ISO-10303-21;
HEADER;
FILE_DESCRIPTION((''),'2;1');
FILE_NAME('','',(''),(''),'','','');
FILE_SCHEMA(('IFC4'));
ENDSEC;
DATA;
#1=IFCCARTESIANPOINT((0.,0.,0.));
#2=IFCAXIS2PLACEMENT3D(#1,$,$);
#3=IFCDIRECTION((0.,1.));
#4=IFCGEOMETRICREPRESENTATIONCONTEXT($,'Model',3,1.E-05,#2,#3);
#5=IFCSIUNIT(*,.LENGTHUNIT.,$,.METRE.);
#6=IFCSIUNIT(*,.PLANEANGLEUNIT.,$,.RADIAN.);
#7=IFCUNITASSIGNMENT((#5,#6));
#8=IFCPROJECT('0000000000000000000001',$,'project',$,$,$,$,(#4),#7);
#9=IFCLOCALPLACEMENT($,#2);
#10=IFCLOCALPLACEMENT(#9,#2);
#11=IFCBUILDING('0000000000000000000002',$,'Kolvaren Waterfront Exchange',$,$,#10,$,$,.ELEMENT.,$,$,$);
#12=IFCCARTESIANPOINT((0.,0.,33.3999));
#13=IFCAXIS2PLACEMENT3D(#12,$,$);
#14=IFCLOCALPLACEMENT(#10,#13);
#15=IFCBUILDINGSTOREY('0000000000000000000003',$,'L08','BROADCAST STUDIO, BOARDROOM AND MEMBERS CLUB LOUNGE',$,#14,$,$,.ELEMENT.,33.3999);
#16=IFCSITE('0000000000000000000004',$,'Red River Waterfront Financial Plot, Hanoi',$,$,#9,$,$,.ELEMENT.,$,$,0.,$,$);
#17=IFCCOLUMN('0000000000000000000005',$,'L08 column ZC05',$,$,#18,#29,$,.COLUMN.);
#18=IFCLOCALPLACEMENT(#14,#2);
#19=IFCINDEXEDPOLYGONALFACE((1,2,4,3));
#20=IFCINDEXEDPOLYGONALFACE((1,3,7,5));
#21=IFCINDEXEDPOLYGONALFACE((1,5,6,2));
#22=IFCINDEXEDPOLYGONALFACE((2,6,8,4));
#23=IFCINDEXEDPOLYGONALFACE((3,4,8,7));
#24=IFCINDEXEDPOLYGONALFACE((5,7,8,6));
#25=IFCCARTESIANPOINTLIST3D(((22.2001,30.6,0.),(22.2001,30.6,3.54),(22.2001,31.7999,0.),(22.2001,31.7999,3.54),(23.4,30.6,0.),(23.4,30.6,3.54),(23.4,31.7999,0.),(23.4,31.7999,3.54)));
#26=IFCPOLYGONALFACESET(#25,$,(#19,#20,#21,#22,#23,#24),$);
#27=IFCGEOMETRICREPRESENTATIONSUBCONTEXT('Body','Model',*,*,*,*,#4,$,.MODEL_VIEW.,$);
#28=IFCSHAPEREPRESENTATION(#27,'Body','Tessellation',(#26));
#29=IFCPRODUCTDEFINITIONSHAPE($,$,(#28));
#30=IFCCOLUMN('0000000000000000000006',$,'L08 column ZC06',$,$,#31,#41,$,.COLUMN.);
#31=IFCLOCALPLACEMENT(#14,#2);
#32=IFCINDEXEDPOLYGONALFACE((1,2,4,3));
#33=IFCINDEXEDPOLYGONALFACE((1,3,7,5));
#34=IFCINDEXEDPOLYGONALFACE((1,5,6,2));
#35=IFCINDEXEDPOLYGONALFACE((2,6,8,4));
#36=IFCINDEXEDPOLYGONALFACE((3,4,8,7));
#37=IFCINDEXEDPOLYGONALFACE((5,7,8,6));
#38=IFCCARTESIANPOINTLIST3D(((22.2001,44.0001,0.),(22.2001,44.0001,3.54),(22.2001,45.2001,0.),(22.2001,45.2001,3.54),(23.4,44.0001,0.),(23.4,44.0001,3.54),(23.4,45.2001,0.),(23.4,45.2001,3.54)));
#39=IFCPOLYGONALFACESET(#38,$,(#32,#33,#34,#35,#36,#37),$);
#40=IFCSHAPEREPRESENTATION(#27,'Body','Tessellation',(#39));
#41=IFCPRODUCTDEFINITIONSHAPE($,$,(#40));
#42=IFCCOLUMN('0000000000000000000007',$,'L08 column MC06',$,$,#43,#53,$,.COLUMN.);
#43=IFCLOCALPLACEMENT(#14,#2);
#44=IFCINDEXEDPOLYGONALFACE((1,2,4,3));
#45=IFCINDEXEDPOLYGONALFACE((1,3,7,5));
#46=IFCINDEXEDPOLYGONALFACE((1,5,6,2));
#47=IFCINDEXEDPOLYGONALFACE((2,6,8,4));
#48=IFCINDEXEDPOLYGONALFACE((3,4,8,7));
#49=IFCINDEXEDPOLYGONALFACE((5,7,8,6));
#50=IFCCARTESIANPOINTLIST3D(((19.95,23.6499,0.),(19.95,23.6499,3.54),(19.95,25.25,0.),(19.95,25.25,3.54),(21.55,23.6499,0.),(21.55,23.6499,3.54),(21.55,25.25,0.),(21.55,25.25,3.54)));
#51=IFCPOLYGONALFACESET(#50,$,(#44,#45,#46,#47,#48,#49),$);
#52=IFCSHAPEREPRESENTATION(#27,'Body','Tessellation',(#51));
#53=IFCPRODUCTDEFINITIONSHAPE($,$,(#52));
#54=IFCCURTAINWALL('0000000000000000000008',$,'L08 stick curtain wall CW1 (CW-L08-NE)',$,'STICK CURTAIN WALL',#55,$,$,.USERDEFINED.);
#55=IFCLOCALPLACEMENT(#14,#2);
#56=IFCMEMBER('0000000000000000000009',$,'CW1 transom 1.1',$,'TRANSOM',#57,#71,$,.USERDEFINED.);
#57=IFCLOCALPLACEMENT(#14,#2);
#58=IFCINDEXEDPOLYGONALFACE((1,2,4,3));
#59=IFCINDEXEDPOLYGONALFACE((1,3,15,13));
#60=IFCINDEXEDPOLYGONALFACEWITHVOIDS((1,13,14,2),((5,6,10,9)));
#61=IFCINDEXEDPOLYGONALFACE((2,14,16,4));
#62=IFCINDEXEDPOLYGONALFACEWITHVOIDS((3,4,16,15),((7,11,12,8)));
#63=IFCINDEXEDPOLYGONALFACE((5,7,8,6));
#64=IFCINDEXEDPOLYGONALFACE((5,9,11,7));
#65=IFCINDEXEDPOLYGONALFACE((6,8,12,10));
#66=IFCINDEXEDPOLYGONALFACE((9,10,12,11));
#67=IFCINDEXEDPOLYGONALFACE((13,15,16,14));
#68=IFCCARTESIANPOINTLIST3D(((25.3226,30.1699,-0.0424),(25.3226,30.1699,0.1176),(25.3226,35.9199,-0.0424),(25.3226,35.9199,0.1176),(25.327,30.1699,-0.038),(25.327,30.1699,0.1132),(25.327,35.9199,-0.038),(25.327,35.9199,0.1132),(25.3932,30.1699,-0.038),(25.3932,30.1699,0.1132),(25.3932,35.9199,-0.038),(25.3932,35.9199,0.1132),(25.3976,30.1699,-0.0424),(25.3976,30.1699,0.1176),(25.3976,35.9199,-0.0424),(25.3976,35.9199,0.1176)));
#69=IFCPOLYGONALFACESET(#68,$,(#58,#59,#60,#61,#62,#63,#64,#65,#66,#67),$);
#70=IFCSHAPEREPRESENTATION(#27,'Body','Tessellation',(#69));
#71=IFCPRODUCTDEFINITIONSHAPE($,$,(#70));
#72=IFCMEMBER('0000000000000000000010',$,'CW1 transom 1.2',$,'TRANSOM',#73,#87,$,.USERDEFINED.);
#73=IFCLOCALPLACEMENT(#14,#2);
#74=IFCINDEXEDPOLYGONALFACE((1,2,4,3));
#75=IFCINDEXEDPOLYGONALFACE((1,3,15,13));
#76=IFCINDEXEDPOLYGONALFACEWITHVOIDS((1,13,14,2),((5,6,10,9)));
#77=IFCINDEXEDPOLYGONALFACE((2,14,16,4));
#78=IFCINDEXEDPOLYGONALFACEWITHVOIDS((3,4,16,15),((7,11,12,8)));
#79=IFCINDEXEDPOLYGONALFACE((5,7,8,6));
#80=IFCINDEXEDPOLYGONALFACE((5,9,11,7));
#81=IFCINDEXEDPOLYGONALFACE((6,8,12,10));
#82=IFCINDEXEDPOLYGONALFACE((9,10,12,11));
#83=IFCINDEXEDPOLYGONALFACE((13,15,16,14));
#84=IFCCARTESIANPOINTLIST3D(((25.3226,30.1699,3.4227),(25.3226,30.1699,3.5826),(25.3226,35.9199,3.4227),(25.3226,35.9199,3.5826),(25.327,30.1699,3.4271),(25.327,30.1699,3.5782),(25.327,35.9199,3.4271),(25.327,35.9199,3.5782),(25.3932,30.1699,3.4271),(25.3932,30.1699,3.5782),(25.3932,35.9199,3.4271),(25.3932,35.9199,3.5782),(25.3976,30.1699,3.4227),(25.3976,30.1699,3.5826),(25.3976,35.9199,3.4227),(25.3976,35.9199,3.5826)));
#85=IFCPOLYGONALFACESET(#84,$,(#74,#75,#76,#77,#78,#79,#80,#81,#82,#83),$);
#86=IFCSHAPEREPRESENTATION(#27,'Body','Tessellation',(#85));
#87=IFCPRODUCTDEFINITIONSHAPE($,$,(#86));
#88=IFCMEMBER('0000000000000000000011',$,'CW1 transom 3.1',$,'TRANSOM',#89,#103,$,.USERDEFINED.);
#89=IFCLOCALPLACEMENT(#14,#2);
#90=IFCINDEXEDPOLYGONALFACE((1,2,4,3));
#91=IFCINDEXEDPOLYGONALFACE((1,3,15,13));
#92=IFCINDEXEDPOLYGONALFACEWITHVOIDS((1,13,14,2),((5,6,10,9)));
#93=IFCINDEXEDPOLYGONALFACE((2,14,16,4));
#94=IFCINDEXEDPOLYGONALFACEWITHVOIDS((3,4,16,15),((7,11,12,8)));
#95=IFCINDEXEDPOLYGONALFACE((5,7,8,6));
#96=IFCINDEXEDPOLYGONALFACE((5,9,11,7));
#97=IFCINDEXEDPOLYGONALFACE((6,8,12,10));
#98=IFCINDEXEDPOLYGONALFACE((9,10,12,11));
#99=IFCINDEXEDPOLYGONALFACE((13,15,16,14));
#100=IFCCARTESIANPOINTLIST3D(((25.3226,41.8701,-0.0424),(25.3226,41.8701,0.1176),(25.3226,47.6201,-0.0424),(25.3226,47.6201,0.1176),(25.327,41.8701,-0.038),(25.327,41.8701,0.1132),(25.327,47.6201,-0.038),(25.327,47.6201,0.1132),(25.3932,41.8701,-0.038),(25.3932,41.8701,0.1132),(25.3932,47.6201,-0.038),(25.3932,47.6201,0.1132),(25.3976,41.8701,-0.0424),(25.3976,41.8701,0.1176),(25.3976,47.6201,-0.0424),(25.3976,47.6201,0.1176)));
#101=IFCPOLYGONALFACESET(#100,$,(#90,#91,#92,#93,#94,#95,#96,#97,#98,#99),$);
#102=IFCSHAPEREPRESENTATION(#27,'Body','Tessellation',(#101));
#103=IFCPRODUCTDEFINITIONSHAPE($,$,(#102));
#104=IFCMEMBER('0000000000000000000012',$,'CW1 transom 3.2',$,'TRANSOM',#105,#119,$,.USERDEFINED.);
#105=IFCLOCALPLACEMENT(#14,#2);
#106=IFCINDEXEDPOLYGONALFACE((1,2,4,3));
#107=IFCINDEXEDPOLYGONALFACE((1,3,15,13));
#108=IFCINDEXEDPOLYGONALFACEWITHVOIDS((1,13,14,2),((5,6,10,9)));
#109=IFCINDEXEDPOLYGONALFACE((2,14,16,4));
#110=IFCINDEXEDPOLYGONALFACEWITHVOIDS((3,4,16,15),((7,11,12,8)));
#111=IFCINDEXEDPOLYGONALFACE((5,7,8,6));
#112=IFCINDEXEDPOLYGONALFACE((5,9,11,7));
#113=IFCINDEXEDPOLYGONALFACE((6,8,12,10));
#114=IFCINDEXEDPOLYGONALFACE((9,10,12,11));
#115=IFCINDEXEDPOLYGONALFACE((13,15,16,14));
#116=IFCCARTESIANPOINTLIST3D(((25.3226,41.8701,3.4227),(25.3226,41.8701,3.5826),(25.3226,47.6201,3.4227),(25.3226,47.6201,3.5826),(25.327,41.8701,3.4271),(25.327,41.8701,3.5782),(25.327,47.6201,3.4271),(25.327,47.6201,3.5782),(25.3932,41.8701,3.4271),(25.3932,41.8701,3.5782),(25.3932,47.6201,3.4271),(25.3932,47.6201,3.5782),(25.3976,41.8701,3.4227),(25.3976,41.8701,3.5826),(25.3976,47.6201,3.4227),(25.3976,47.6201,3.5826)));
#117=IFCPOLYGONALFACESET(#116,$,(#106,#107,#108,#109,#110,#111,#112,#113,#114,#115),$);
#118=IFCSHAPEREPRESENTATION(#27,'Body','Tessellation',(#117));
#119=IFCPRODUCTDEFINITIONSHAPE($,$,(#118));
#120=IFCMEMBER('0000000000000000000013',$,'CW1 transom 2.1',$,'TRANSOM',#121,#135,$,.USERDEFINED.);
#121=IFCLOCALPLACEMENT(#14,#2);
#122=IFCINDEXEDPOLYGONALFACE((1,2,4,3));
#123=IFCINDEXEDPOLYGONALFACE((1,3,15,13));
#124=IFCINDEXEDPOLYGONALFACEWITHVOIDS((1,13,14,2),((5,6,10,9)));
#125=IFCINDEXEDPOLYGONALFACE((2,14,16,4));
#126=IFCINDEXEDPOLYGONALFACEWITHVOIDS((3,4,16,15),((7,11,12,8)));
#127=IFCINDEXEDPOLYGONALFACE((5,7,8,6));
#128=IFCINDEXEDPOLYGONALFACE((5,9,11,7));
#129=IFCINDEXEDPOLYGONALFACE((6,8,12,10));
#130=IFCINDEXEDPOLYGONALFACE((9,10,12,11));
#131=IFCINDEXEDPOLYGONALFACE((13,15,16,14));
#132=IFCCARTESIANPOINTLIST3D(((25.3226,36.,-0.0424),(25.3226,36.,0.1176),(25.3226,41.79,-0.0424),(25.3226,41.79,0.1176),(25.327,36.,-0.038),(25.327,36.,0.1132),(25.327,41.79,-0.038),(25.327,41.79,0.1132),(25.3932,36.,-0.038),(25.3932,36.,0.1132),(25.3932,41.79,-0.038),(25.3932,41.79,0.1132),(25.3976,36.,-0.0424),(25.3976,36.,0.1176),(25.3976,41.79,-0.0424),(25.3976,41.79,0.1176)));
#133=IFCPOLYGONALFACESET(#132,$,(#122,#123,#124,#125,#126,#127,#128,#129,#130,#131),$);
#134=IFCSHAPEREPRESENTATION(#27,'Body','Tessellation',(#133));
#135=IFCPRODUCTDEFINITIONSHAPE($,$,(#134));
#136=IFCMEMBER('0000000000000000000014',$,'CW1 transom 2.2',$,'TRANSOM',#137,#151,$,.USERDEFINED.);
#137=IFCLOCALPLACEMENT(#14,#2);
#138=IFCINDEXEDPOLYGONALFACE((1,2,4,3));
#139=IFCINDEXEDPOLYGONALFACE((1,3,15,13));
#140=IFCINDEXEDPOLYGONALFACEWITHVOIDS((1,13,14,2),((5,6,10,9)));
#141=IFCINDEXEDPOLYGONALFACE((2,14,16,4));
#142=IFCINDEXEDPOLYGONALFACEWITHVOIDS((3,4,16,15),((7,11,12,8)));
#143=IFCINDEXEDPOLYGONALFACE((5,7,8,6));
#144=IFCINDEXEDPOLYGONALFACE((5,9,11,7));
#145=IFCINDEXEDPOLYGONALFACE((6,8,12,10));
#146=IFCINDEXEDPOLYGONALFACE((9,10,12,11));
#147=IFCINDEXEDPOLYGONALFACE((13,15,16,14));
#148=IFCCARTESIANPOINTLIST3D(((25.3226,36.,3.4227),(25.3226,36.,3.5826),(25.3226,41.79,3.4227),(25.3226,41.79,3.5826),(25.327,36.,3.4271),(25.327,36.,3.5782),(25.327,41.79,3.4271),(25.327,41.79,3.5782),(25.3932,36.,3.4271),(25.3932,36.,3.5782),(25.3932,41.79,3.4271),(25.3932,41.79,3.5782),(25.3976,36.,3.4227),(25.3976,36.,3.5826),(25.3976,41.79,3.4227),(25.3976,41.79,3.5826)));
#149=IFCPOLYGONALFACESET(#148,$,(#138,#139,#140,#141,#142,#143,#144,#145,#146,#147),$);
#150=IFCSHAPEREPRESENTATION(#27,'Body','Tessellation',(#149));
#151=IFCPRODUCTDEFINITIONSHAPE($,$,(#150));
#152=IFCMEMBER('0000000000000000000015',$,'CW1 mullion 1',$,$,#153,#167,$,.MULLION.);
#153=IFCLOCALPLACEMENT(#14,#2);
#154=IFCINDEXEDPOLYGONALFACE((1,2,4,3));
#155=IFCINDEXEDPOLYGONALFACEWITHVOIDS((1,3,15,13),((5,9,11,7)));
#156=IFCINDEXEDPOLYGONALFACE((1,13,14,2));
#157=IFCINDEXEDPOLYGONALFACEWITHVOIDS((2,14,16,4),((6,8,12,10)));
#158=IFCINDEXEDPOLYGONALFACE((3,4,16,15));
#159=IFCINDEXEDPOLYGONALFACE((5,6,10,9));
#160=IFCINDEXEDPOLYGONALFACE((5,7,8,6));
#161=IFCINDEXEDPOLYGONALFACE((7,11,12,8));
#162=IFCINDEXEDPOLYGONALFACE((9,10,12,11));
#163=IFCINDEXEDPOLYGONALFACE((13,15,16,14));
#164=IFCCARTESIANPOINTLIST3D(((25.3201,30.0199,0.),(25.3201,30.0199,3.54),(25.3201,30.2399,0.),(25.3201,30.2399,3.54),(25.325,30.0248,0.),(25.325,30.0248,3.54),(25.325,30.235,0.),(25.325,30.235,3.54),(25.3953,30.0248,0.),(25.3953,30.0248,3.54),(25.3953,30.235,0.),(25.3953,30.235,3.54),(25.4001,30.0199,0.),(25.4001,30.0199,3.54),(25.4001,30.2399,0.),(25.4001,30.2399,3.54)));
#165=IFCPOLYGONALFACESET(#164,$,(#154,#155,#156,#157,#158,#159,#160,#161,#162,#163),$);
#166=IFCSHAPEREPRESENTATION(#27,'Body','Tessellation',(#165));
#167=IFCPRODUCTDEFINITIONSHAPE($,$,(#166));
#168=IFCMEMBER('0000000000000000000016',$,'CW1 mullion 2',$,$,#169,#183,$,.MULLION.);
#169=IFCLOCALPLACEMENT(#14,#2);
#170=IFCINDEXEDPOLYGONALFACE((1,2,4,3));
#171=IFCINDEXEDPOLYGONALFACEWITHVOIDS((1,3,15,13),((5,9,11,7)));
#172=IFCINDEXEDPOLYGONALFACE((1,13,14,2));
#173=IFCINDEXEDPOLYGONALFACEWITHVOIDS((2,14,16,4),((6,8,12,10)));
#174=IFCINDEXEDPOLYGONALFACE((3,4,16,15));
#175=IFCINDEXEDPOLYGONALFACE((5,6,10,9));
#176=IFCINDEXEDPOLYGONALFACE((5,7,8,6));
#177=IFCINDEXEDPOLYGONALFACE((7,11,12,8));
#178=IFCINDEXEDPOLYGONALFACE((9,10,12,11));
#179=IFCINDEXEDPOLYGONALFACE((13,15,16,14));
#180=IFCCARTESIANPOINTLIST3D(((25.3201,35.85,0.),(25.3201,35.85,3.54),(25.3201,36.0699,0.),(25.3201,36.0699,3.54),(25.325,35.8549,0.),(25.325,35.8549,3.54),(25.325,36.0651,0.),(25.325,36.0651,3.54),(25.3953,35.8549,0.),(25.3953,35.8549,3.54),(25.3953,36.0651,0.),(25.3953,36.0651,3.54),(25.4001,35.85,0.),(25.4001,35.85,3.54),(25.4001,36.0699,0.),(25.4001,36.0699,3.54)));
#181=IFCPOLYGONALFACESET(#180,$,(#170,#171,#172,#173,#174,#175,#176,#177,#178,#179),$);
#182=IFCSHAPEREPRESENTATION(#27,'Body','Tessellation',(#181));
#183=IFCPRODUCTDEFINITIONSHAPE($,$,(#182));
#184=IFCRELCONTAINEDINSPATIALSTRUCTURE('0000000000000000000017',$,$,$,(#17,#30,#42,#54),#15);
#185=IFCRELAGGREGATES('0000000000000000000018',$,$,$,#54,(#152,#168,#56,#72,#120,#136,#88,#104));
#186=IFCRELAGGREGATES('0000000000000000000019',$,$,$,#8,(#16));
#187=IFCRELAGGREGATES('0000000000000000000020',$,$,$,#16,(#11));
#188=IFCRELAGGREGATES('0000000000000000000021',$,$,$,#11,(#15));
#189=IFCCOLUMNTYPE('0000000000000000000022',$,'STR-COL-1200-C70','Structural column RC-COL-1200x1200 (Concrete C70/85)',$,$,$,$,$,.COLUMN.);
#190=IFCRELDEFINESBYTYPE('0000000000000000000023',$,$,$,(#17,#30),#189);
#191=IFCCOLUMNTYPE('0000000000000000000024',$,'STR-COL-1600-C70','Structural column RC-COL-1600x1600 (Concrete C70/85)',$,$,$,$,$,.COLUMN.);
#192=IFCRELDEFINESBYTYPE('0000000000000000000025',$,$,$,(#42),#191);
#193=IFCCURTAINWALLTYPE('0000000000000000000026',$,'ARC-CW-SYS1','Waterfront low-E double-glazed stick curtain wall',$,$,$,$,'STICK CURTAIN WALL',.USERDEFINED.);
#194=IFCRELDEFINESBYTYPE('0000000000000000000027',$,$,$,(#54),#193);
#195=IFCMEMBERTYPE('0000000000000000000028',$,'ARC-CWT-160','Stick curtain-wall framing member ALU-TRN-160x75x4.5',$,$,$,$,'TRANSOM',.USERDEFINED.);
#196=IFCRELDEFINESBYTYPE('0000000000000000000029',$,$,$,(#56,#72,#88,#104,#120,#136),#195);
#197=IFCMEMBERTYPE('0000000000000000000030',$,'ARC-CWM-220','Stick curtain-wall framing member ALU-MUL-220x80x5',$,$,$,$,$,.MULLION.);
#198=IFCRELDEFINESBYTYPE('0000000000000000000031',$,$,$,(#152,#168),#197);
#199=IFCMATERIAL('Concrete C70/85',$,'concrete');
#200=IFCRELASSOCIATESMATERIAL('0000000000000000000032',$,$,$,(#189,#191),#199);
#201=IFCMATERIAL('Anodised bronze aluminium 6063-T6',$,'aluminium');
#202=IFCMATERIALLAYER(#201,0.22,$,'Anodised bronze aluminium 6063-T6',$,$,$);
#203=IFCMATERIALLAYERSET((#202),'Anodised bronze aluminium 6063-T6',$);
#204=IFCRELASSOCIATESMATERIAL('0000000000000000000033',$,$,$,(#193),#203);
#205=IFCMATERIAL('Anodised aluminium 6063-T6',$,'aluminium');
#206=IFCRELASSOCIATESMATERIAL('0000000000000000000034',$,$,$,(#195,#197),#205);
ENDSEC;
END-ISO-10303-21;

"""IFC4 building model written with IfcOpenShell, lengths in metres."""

from ifc_helpers import new_model, si_unit, direction, frame, origin, origin_with_axes, origin_2d, place, context, subcontext, project, spatial, rectangle, hollow_rectangle, extrude, source, transform, mapped, material, layer, layer_set, material_profile, profile_set, type_object, element, aggregate, save


model = new_model("IFC4")

# Units and contexts
model_context = context("Model", 3, precision=1e-05, world=origin(), true_north=direction((0.0, 1.0)))
body_context = subcontext(model_context, "Body", "Model", "MODEL_VIEW")
ifc_project = project(units=[si_unit("LENGTHUNIT", "METRE"), si_unit("PLANEANGLEUNIT", "RADIAN")], contexts=[model_context])

# Site, building, storey
site_placement = place(None, origin())
site = spatial("IfcSite", under=ifc_project, at=site_placement, Name="Red River Waterfront Financial Plot, Hanoi", CompositionType="ELEMENT", RefElevation=0.0)
building_placement = place(site_placement, origin())
building = spatial("IfcBuilding", under=site, at=building_placement, Name="Kolvaren Waterfront Exchange", CompositionType="ELEMENT")
storey_placement = place(building_placement, frame((0.0, 0.0, 33.3999)))
storey = spatial("IfcBuildingStorey", under=building, at=storey_placement, Name="L08", Description="BROADCAST STUDIO, BOARDROOM AND MEMBERS CLUB LOUNGE", CompositionType="ELEMENT", Elevation=33.3999)

# Columns
ifc_material_1 = material(Name="Concrete C70/85", Category="concrete")
ifc_material_profile_1 = material_profile(ifc_material_1, rectangle(XDim=1.2, YDim=1.2, at=origin_2d()), Name="RC-COL-1200x1200")
ifc_profile_set_1 = profile_set([ifc_material_profile_1], Name="Concrete C70/85")
column_type_1 = type_object("IfcColumnType", Name="STR-COL-1200-C70", Description="Structural column RC-COL-1200x1200 (Concrete C70/85)", PredefinedType="COLUMN", material=ifc_profile_set_1)
for number, where, z_axis, x_axis, name in (
    (1, (22.8, 31.2, 0.0), (0.0, 0.0, 1.0), (1.0, 0.0, 0.0), "L08 column ZC05"),
    (2, (22.8, 44.6001, 0.0), (0.0, 0.0, 1.0), (1.0, 0.0, 0.0), "L08 column ZC06"),
):
    element("IfcColumn", number, at=place(storey_placement, frame(where, z_axis=z_axis, x_axis=x_axis)), inside=storey, type_object=column_type_1, Name=name, PredefinedType="COLUMN", context=body_context, shape_type="SweptSolid", body=[
        extrude(rectangle(XDim=1.2, YDim=1.2, at=origin_2d()), origin(), (0.0, 0.0, 1.0), 3.54),
    ])
ifc_material_profile_2 = material_profile(ifc_material_1, rectangle(XDim=1.6001, YDim=1.6001, at=origin_2d()), Name="RC-COL-1600x1600")
ifc_profile_set_2 = profile_set([ifc_material_profile_2], Name="Concrete C70/85")
column_type_2 = type_object("IfcColumnType", Name="STR-COL-1600-C70", Description="Structural column RC-COL-1600x1600 (Concrete C70/85)", PredefinedType="COLUMN", material=ifc_profile_set_2)
column_placement = place(storey_placement, frame((20.75, 24.45, 0.0), z_axis=(0.0, 0.0, 1.0), x_axis=(1.0, 0.0, 0.0)))
element("IfcColumn", 3, at=column_placement, inside=storey, type_object=column_type_2, Name="L08 column MC06", PredefinedType="COLUMN", context=body_context, shape_type="SweptSolid", body=[
    extrude(rectangle(XDim=1.6001, YDim=1.6001, at=origin_2d()), origin(), (0.0, 0.0, 1.0), 3.54),
])

# Curtain wall, members
ifc_material_2 = material(Name="Anodised bronze aluminium 6063-T6", Category="aluminium")
ifc_layer_1 = layer(ifc_material_2, 0.22, Name="Anodised bronze aluminium 6063-T6")
ifc_layer_set_1 = layer_set([ifc_layer_1], Name="Anodised bronze aluminium 6063-T6")
curtain_wall_type = type_object("IfcCurtainWallType", Name="ARC-CW-SYS1", Description="Waterfront low-E double-glazed stick curtain wall", ElementType="STICK CURTAIN WALL", PredefinedType="USERDEFINED", material=ifc_layer_set_1)
curtain_wall_placement = place(storey_placement, origin())
curtain_wall = element("IfcCurtainWall", 4, at=curtain_wall_placement, inside=storey, type_object=curtain_wall_type, Name="L08 stick curtain wall CW1 (CW-L08-NE)", ObjectType="STICK CURTAIN WALL", PredefinedType="USERDEFINED")
ifc_material_3 = material(Name="Anodised aluminium 6063-T6", Category="aluminium")
ifc_material_profile_3 = material_profile(ifc_material_3, hollow_rectangle(XDim=0.075, YDim=0.1599, WallThickness=0.0044, at=origin_2d()), Name="ALU-TRN-160x75x4.5")
ifc_profile_set_3 = profile_set([ifc_material_profile_3], Name="Anodised aluminium 6063-T6")
member_type_1 = type_object("IfcMemberType", Name="ARC-CWT-160", Description="Stick curtain-wall framing member ALU-TRN-160x75x4.5", ElementType="TRANSOM", PredefinedType="USERDEFINED", material=ifc_profile_set_3)
shared_shape_1 = source(origin_with_axes(), body_context, "Body", "SweptSolid", [
    extrude(hollow_rectangle(XDim=0.075, YDim=0.1599, WallThickness=0.0044, at=origin_2d()), origin(), (0.0, 0.0, 1.0), 5.75),
])
member_1_placement = place(storey_placement, frame((25.3601, 30.1699, 0.0376), z_axis=(0.0, 1.0, 0.0), x_axis=(-1.0, 0.0, 0.0)))
member_1 = element("IfcMember", 5, at=member_1_placement, type_object=member_type_1, Name="CW1 transom 1.1", ObjectType="TRANSOM", PredefinedType="USERDEFINED", context=body_context, shape_type="MappedRepresentation", body=[
    mapped(shared_shape_1, transform((0.0, 0.0, 0.0), x_axis=(1.0, 0.0, 0.0), y_axis=(0.0, 1.0, 0.0), z_axis=(0.0, 0.0, 1.0), scale=1.0)),
])
member_2_placement = place(storey_placement, frame((25.3601, 30.1699, 3.5027), z_axis=(0.0, 1.0, 0.0), x_axis=(-1.0, 0.0, 0.0)))
member_2 = element("IfcMember", 6, at=member_2_placement, type_object=member_type_1, Name="CW1 transom 1.2", ObjectType="TRANSOM", PredefinedType="USERDEFINED", context=body_context, shape_type="MappedRepresentation", body=[
    mapped(shared_shape_1, transform((0.0, 0.0, 0.0), x_axis=(1.0, 0.0, 0.0), y_axis=(0.0, 1.0, 0.0), z_axis=(0.0, 0.0, 1.0), scale=1.0)),
])
member_3_placement = place(storey_placement, frame((25.3601, 41.8701, 0.0376), z_axis=(0.0, 1.0, 0.0), x_axis=(-1.0, 0.0, 0.0)))
member_3 = element("IfcMember", 7, at=member_3_placement, type_object=member_type_1, Name="CW1 transom 3.1", ObjectType="TRANSOM", PredefinedType="USERDEFINED", context=body_context, shape_type="MappedRepresentation", body=[
    mapped(shared_shape_1, transform((0.0, 0.0, 0.0), x_axis=(1.0, 0.0, 0.0), y_axis=(0.0, 1.0, 0.0), z_axis=(0.0, 0.0, 1.0), scale=1.0)),
])
member_4_placement = place(storey_placement, frame((25.3601, 41.8701, 3.5027), z_axis=(0.0, 1.0, 0.0), x_axis=(-1.0, 0.0, 0.0)))
member_4 = element("IfcMember", 8, at=member_4_placement, type_object=member_type_1, Name="CW1 transom 3.2", ObjectType="TRANSOM", PredefinedType="USERDEFINED", context=body_context, shape_type="MappedRepresentation", body=[
    mapped(shared_shape_1, transform((0.0, 0.0, 0.0), x_axis=(1.0, 0.0, 0.0), y_axis=(0.0, 1.0, 0.0), z_axis=(0.0, 0.0, 1.0), scale=1.0)),
])
shared_shape_2 = source(origin_with_axes(), body_context, "Body", "SweptSolid", [
    extrude(hollow_rectangle(XDim=0.075, YDim=0.1599, WallThickness=0.0044, at=origin_2d()), origin(), (0.0, 0.0, 1.0), 5.79),
])
member_5_placement = place(storey_placement, frame((25.3601, 36.0, 0.0376), z_axis=(0.0, 1.0, 0.0), x_axis=(-1.0, 0.0, 0.0)))
member_5 = element("IfcMember", 9, at=member_5_placement, type_object=member_type_1, Name="CW1 transom 2.1", ObjectType="TRANSOM", PredefinedType="USERDEFINED", context=body_context, shape_type="MappedRepresentation", body=[
    mapped(shared_shape_2, transform((0.0, 0.0, 0.0), x_axis=(1.0, 0.0, 0.0), y_axis=(0.0, 1.0, 0.0), z_axis=(0.0, 0.0, 1.0), scale=1.0)),
])
member_6_placement = place(storey_placement, frame((25.3601, 36.0, 3.5027), z_axis=(0.0, 1.0, 0.0), x_axis=(-1.0, 0.0, 0.0)))
member_6 = element("IfcMember", 10, at=member_6_placement, type_object=member_type_1, Name="CW1 transom 2.2", ObjectType="TRANSOM", PredefinedType="USERDEFINED", context=body_context, shape_type="MappedRepresentation", body=[
    mapped(shared_shape_2, transform((0.0, 0.0, 0.0), x_axis=(1.0, 0.0, 0.0), y_axis=(0.0, 1.0, 0.0), z_axis=(0.0, 0.0, 1.0), scale=1.0)),
])
ifc_material_profile_4 = material_profile(ifc_material_3, hollow_rectangle(XDim=0.0801, YDim=0.22, WallThickness=0.0049, at=origin_2d()), Name="ALU-MUL-220x80x5")
ifc_profile_set_4 = profile_set([ifc_material_profile_4], Name="Anodised aluminium 6063-T6")
member_type_2 = type_object("IfcMemberType", Name="ARC-CWM-220", Description="Stick curtain-wall framing member ALU-MUL-220x80x5", PredefinedType="MULLION", material=ifc_profile_set_4)
shared_shape_3 = source(origin_with_axes(), body_context, "Body", "SweptSolid", [
    extrude(hollow_rectangle(XDim=0.0801, YDim=0.22, WallThickness=0.0049, at=origin_2d()), origin(), (0.0, 0.0, 1.0), 3.54),
])
member_7_placement = place(storey_placement, frame((25.3601, 30.1299, 0.0), z_axis=(0.0, 0.0, 1.0), x_axis=(-1.0, 0.0, 0.0)))
member_7 = element("IfcMember", 11, at=member_7_placement, type_object=member_type_2, Name="CW1 mullion 1", PredefinedType="MULLION", context=body_context, shape_type="MappedRepresentation", body=[
    mapped(shared_shape_3, transform((0.0, 0.0, 0.0), x_axis=(1.0, 0.0, 0.0), y_axis=(0.0, 1.0, 0.0), z_axis=(0.0, 0.0, 1.0), scale=1.0)),
])
member_8_placement = place(storey_placement, frame((25.3601, 35.96, 0.0), z_axis=(0.0, 0.0, 1.0), x_axis=(-1.0, 0.0, 0.0)))
member_8 = element("IfcMember", 12, at=member_8_placement, type_object=member_type_2, Name="CW1 mullion 2", PredefinedType="MULLION", context=body_context, shape_type="MappedRepresentation", body=[
    mapped(shared_shape_3, transform((0.0, 0.0, 0.0), x_axis=(1.0, 0.0, 0.0), y_axis=(0.0, 1.0, 0.0), z_axis=(0.0, 0.0, 1.0), scale=1.0)),
])
aggregate(curtain_wall, [member_7, member_8, member_1, member_2, member_5, member_6, member_3, member_4])

save(model, "model.ifc")
